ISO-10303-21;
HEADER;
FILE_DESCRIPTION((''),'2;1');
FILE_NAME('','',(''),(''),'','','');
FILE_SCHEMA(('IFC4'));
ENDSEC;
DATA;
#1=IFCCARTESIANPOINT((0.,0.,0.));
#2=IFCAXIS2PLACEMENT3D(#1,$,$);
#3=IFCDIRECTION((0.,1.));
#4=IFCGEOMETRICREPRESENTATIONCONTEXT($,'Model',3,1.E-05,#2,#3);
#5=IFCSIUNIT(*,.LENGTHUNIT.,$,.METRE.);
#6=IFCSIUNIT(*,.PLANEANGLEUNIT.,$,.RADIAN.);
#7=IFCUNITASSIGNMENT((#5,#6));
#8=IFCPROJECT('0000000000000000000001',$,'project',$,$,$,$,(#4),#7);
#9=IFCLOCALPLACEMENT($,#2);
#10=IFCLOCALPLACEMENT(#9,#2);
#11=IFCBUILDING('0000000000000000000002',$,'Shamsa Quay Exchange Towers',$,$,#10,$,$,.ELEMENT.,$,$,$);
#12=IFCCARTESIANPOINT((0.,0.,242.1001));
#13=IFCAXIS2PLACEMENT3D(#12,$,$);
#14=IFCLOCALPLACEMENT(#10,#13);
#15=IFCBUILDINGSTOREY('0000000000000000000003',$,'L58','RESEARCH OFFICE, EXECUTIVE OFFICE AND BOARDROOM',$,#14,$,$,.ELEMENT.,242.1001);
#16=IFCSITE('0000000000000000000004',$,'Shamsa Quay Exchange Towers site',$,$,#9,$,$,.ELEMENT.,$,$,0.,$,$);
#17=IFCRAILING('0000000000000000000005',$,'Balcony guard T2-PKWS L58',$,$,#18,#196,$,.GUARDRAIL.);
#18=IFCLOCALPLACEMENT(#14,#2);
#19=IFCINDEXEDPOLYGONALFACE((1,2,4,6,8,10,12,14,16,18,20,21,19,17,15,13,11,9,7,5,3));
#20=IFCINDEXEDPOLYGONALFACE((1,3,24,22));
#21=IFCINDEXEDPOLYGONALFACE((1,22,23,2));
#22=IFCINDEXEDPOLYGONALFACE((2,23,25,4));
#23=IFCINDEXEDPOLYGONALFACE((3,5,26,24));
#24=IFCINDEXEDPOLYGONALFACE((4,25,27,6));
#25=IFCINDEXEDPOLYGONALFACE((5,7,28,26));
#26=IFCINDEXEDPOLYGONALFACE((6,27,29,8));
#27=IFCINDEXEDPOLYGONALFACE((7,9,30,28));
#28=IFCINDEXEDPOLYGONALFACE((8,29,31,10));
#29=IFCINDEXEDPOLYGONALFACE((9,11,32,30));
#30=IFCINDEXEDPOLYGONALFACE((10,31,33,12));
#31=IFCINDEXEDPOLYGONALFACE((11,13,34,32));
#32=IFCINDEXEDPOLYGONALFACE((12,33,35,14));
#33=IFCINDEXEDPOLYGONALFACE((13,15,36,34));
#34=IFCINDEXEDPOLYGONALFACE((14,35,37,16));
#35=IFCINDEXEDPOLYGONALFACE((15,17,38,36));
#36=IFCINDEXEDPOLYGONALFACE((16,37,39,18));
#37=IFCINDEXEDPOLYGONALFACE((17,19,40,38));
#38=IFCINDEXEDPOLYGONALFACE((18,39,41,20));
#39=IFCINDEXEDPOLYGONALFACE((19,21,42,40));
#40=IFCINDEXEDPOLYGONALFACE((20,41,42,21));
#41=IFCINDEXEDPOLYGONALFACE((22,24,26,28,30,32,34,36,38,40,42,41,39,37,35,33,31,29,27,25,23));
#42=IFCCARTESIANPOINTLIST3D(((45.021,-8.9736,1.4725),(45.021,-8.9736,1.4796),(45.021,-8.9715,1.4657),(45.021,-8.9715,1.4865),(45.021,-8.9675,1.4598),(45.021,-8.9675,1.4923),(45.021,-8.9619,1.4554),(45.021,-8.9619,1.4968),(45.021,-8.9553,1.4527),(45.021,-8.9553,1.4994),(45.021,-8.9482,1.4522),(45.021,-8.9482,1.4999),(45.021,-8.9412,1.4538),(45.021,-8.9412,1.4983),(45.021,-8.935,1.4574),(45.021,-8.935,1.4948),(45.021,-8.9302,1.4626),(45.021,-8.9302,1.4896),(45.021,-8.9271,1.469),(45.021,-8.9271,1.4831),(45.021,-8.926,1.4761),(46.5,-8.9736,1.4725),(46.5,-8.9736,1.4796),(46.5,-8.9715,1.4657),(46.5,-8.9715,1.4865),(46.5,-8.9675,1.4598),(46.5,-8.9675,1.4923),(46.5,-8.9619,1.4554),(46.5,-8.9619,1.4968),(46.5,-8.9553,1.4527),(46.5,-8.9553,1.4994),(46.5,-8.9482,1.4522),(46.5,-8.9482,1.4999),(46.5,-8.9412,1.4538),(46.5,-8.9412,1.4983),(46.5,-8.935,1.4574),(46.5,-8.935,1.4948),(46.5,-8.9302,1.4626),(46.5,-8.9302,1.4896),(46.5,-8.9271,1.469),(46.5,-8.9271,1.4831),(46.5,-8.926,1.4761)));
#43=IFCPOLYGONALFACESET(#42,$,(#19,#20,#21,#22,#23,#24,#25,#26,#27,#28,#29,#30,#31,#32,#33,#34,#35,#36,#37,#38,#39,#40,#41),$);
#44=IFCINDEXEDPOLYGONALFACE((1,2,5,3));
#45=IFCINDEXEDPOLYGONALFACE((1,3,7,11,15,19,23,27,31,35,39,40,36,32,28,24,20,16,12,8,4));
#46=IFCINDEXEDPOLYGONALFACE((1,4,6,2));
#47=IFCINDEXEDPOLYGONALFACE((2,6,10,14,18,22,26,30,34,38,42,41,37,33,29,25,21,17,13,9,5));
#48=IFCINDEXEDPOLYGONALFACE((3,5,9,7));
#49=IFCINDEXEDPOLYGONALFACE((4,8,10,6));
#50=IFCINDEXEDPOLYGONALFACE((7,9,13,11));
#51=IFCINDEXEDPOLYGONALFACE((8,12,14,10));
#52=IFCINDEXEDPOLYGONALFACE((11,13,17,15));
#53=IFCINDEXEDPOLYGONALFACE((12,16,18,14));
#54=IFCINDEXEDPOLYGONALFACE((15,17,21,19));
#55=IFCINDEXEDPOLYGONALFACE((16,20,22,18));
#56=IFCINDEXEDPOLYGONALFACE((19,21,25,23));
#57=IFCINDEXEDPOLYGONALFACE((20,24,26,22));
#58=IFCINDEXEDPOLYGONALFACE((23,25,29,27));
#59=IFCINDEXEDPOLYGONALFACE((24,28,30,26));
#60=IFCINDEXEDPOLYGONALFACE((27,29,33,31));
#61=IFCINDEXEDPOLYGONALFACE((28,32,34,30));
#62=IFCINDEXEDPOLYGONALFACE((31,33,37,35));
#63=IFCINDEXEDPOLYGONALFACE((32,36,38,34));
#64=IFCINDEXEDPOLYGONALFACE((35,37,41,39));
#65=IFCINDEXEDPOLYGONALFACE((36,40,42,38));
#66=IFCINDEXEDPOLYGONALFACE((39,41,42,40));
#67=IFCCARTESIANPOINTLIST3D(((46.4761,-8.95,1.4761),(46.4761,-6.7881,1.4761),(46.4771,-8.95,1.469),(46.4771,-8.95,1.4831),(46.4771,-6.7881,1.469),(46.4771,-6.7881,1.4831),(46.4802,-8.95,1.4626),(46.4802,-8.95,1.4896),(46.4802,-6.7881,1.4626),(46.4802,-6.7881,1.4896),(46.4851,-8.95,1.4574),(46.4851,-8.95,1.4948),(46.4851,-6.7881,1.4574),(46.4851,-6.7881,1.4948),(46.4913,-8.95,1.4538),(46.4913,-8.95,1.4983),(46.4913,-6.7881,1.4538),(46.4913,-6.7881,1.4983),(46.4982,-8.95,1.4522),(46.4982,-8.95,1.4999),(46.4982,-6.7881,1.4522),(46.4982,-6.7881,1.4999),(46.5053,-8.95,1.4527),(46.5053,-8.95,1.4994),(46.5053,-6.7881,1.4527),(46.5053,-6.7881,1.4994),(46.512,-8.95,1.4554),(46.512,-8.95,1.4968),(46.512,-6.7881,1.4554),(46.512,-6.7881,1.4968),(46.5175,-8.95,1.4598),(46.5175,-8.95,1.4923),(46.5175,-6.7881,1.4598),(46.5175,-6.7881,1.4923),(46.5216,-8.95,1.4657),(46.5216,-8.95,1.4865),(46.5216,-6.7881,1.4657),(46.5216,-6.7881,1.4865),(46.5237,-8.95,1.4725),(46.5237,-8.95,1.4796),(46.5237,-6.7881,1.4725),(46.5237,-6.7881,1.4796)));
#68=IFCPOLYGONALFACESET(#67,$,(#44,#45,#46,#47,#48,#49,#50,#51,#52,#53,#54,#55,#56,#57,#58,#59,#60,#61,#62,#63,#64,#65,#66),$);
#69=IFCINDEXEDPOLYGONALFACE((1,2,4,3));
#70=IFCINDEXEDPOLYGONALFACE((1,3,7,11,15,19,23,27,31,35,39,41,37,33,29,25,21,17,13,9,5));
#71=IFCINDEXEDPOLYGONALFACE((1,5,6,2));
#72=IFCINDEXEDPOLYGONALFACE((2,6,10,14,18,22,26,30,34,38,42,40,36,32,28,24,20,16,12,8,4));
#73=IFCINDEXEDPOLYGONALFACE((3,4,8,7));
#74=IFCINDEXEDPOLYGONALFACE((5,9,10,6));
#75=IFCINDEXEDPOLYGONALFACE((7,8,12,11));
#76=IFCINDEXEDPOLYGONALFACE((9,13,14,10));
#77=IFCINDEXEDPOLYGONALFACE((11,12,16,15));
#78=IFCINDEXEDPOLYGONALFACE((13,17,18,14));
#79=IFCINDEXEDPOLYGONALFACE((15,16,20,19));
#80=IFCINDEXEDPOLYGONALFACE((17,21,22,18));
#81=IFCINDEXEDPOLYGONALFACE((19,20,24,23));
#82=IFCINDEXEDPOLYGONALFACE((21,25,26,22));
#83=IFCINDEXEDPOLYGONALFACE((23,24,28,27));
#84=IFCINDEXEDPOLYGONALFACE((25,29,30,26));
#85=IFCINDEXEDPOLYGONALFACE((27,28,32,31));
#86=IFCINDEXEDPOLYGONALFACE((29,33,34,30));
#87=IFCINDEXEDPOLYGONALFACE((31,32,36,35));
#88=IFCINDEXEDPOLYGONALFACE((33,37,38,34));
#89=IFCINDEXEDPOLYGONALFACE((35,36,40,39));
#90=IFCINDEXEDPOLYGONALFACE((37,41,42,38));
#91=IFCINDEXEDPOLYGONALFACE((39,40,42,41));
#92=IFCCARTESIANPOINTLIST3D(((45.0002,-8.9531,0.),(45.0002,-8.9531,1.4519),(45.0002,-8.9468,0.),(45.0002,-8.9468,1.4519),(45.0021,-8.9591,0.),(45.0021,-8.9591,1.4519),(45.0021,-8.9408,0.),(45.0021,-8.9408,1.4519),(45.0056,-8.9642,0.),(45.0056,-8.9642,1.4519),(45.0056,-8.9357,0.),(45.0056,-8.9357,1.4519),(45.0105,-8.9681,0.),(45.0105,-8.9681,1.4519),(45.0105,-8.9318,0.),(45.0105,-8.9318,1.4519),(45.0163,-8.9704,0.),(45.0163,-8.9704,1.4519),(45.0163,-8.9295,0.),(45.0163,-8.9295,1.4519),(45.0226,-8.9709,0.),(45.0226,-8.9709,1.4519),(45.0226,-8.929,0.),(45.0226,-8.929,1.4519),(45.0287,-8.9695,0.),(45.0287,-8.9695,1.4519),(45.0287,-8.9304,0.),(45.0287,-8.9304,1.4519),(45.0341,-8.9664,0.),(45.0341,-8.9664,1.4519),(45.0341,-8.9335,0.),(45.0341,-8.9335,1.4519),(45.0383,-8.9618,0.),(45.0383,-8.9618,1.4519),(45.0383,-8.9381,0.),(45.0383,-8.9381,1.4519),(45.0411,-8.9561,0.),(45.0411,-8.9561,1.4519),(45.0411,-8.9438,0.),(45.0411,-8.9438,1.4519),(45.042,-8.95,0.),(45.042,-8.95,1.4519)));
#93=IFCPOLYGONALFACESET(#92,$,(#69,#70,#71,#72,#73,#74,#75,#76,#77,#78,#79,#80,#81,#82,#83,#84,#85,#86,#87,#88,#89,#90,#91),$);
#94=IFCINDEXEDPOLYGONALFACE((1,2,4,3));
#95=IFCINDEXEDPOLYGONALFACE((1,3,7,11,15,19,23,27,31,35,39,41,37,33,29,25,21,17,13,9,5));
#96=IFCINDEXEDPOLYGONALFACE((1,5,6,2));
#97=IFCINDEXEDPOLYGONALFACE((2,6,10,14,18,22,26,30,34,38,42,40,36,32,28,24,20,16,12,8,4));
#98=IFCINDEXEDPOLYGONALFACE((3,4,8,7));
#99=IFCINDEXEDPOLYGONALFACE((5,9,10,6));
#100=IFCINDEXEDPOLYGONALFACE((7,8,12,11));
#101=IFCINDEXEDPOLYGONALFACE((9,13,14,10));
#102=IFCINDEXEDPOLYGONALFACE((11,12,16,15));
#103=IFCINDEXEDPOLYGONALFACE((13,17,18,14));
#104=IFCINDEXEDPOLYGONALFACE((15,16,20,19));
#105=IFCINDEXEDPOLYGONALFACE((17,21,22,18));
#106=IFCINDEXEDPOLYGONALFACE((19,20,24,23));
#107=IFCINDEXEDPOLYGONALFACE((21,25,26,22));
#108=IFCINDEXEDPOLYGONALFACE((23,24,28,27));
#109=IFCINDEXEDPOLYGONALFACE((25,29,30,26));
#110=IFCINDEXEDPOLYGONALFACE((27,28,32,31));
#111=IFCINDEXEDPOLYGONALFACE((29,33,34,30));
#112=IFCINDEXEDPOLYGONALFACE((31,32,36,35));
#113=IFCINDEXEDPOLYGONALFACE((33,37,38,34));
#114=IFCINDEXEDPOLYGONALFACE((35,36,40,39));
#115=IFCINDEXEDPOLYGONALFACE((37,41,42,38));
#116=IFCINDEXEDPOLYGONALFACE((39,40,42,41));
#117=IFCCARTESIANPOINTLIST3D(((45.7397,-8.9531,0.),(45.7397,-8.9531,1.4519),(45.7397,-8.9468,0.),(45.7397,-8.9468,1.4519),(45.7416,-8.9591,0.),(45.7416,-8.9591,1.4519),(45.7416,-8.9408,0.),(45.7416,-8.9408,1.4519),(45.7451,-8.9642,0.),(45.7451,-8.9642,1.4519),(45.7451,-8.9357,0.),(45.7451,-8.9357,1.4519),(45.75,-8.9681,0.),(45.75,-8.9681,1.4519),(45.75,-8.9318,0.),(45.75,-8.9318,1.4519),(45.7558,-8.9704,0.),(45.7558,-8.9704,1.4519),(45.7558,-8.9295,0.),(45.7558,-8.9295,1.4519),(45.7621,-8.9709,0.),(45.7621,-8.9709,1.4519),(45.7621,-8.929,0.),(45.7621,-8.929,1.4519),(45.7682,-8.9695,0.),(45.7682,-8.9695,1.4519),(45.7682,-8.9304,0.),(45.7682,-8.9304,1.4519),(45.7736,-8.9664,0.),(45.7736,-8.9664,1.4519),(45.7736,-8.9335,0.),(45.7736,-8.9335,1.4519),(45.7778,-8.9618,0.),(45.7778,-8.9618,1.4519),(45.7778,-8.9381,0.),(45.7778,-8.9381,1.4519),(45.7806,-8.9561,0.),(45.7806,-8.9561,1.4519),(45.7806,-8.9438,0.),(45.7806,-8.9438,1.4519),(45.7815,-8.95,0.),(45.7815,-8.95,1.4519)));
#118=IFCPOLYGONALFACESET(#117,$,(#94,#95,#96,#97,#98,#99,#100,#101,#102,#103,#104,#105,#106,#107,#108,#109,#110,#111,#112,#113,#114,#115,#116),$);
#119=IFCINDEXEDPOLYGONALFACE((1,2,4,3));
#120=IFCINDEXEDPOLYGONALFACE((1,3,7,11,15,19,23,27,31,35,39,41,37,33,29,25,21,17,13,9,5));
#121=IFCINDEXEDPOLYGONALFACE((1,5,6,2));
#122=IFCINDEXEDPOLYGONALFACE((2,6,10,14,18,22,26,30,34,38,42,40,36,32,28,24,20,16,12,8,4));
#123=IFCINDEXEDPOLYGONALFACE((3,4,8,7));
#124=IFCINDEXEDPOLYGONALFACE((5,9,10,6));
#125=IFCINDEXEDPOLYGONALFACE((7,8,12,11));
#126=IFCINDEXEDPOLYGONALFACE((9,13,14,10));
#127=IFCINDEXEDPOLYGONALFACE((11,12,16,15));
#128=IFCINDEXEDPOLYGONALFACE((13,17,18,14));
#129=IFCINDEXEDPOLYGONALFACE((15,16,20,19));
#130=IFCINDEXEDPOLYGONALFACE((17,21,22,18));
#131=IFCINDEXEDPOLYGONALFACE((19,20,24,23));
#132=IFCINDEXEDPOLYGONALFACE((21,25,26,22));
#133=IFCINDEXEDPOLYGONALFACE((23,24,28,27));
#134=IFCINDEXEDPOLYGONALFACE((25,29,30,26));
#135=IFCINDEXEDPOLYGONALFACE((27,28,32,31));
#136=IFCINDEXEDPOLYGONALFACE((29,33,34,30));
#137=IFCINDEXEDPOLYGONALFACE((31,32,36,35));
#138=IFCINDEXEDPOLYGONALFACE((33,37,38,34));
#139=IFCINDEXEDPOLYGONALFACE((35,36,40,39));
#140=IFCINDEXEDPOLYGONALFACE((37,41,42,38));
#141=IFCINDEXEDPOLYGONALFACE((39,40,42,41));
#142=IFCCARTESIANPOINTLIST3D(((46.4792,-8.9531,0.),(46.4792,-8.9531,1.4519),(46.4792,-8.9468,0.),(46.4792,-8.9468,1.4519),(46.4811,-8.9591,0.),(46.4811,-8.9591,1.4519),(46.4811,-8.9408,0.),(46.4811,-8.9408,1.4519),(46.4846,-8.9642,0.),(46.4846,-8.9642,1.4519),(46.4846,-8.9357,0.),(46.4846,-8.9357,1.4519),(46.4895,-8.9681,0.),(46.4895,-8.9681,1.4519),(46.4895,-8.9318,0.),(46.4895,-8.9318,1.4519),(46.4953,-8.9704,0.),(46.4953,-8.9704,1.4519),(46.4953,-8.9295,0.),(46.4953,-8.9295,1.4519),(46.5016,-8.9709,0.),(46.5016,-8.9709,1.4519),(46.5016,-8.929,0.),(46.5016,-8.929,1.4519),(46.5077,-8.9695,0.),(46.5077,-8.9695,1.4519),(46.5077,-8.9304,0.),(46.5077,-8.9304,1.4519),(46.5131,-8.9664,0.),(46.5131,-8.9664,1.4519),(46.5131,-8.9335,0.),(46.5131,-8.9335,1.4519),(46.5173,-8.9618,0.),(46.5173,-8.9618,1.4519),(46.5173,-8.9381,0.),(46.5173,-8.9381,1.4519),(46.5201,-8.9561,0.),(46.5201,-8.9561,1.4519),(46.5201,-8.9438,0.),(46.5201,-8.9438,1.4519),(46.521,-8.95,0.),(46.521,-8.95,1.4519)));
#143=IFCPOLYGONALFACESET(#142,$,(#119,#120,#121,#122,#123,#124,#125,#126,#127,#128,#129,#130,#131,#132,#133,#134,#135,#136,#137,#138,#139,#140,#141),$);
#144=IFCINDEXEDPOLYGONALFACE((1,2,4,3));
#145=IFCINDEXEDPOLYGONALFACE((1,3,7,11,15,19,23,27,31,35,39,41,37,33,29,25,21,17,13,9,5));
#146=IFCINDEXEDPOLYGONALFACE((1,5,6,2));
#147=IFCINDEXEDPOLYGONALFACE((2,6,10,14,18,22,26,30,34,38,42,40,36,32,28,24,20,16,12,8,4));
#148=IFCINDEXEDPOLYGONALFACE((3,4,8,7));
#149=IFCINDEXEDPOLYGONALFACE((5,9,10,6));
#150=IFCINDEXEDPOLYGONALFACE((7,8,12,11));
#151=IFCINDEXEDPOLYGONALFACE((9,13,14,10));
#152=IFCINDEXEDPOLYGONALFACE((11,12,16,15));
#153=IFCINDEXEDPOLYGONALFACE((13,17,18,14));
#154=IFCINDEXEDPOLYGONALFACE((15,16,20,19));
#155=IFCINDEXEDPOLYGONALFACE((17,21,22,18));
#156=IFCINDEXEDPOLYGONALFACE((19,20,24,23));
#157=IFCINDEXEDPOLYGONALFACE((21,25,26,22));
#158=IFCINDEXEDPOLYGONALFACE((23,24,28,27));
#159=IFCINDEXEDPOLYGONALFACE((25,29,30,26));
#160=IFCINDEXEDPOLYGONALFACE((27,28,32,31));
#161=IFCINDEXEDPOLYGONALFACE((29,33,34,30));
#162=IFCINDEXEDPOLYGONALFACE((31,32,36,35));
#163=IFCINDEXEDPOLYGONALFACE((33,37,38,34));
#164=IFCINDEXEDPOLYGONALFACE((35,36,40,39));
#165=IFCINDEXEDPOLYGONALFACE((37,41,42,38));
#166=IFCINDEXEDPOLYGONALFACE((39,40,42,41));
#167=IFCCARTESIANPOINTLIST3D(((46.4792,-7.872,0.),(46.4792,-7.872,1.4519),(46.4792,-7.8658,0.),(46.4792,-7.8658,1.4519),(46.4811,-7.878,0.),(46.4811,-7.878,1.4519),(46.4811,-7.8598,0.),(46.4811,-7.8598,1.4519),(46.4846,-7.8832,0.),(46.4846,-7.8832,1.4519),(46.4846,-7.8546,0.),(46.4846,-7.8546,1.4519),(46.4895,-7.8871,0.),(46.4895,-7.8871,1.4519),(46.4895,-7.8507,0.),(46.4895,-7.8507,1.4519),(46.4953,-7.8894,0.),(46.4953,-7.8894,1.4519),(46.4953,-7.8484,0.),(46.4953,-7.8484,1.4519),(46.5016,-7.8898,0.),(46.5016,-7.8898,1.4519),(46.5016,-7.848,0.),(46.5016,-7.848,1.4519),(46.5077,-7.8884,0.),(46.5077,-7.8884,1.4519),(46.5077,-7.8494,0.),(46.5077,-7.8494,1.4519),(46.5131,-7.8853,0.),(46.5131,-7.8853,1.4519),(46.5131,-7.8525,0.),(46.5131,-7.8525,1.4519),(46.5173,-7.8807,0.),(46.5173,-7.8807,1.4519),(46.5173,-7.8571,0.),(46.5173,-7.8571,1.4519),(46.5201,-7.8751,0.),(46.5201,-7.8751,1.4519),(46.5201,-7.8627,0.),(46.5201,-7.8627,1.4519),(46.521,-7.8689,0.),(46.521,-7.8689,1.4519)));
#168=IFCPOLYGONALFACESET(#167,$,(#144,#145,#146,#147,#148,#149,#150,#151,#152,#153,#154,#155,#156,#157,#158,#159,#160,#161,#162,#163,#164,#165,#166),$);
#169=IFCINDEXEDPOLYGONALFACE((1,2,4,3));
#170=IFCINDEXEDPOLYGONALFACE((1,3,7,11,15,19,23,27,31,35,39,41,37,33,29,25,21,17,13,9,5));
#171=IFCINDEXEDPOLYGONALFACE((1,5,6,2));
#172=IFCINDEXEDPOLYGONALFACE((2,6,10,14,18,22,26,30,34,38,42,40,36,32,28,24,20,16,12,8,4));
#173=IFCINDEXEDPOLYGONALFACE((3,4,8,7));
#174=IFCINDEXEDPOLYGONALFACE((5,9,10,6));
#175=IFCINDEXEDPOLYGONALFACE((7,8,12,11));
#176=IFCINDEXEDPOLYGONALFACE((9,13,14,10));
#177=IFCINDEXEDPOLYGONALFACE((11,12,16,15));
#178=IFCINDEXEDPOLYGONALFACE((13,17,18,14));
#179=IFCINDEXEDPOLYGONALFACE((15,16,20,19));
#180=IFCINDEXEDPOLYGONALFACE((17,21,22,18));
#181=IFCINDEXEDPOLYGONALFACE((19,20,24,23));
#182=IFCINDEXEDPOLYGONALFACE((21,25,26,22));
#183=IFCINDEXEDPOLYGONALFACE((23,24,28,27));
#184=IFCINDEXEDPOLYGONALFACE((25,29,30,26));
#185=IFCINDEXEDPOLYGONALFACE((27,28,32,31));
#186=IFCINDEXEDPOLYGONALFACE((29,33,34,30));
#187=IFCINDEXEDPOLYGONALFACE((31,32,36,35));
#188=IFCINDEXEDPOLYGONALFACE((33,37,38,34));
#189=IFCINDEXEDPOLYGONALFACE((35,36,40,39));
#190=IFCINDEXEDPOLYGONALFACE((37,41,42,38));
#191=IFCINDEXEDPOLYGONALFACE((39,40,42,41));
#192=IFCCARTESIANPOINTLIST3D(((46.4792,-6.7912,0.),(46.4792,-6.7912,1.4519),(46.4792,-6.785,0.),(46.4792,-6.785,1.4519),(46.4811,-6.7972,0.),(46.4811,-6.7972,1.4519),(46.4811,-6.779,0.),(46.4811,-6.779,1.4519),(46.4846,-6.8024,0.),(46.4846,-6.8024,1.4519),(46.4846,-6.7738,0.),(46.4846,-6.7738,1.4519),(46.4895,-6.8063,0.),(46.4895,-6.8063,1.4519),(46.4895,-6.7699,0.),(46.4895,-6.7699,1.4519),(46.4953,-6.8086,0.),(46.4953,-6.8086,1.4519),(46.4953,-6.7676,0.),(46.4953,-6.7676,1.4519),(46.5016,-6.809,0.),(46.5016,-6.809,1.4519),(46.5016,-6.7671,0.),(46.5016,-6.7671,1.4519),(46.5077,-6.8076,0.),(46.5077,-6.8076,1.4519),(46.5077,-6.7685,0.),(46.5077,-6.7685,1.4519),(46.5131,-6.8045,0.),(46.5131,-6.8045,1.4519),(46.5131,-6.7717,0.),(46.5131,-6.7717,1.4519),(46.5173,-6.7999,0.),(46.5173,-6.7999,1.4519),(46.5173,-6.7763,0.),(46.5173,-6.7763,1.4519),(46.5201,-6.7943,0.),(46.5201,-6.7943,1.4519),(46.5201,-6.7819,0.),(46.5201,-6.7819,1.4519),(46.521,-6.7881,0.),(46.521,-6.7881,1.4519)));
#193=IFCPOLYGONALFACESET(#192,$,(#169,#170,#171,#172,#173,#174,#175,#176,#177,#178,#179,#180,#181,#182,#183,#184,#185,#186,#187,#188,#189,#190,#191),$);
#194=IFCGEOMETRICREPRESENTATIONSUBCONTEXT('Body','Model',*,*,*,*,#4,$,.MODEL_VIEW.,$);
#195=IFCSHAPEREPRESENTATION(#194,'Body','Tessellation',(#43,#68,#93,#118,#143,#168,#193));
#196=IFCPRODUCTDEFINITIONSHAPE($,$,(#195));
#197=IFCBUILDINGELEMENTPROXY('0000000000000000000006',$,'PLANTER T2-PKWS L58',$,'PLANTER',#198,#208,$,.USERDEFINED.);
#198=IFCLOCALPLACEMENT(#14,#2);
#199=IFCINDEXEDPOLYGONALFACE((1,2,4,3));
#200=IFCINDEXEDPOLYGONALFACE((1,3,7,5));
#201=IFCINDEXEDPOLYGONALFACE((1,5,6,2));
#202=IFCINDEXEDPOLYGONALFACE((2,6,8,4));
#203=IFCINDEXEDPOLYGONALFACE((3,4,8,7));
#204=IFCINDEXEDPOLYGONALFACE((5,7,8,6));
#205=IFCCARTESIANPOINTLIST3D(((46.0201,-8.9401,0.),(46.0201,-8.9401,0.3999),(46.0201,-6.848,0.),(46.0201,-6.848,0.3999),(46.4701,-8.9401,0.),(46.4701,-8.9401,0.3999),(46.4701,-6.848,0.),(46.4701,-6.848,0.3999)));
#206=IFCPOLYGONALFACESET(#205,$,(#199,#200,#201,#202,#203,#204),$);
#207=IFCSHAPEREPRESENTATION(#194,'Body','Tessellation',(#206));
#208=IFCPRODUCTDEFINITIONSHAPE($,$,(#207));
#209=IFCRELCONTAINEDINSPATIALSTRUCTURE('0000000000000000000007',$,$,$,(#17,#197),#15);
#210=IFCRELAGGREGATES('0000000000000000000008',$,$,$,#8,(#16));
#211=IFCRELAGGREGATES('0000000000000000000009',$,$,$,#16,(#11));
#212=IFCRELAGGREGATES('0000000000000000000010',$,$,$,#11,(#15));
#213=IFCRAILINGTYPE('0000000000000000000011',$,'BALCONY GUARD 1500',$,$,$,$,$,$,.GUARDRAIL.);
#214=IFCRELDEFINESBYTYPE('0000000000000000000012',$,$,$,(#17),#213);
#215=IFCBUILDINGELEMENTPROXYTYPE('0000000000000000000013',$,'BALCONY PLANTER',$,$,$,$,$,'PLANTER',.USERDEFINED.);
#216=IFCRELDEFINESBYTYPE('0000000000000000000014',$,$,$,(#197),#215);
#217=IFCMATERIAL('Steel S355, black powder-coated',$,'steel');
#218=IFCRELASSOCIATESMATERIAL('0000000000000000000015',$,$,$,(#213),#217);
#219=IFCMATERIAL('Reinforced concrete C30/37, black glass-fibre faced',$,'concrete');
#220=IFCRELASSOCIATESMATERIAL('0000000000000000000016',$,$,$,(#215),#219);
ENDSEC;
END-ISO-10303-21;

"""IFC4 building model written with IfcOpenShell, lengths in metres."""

from ifc_helpers import new_model, si_unit, direction, frame, origin, origin_2d, place, context, subcontext, project, spatial, rectangle, circle, extrude, material, type_object, element, save


model = new_model("IFC4")

# Units and contexts
model_context = context("Model", 3, precision=1e-05, world=origin(), true_north=direction((0.0, 1.0)))
body_context = subcontext(model_context, "Body", "Model", "MODEL_VIEW")
ifc_project = project(units=[si_unit("LENGTHUNIT", "METRE"), si_unit("PLANEANGLEUNIT", "RADIAN")], contexts=[model_context])

# Site, building, storey
site_placement = place(None, origin())
site = spatial("IfcSite", under=ifc_project, at=site_placement, Name="Shamsa Quay Exchange Towers site", CompositionType="ELEMENT", RefElevation=0.0)
building_placement = place(site_placement, origin())
building = spatial("IfcBuilding", under=site, at=building_placement, Name="Shamsa Quay Exchange Towers", CompositionType="ELEMENT")
storey_placement = place(building_placement, frame((0.0, 0.0, 242.1001)))
storey = spatial("IfcBuildingStorey", under=building, at=storey_placement, Name="L58", Description="RESEARCH OFFICE, EXECUTIVE OFFICE AND BOARDROOM", CompositionType="ELEMENT", Elevation=242.1001)

# Railing
ifc_material_1 = material(Name="Steel S355, black powder-coated", Category="steel")
railing_type_1 = type_object("IfcRailingType", Name="BALCONY GUARD 1500", PredefinedType="GUARDRAIL", material=ifc_material_1)
railing_1_placement = place(storey_placement, frame((45.021, -8.95, 0.0)))
element("IfcRailing", 1, at=railing_1_placement, inside=storey, type_object=railing_type_1, Name="Balcony guard T2-PKWS L58", PredefinedType="GUARDRAIL", context=body_context, shape_type="SweptSolid", body=[
    extrude(circle(Radius=0.0239, at=origin_2d()), frame((0.0, 0.0, 1.4761), z_axis=(1.0, 0.0, 0.0), x_axis=(0.0, 1.0, 0.0)), (0.0, 0.0, 1.0), 1.479),
    extrude(circle(Radius=0.0239, at=origin_2d()), frame((1.479, 0.0, 1.4761), z_axis=(0.0, 1.0, 0.0), x_axis=(-1.0, 0.0, 0.0)), (0.0, 0.0, 1.0), 2.1619),
    extrude(circle(Radius=0.021, at=origin_2d()), origin(), (0.0, 0.0, 1.0), 1.4519),
    extrude(circle(Radius=0.021, at=origin_2d()), frame((0.7395, 0.0, 0.0)), (0.0, 0.0, 1.0), 1.4519),
    extrude(circle(Radius=0.021, at=origin_2d()), frame((1.479, 0.0, 0.0)), (0.0, 0.0, 1.0), 1.4519),
    extrude(circle(Radius=0.021, at=origin_2d()), frame((1.479, 1.0811, 0.0)), (0.0, 0.0, 1.0), 1.4519),
    extrude(circle(Radius=0.021, at=origin_2d()), frame((1.479, 2.1619, 0.0)), (0.0, 0.0, 1.0), 1.4519),
])

# Building element proxy
ifc_material_2 = material(Name="Reinforced concrete C30/37, black glass-fibre faced", Category="concrete")
building_element_proxy_type = type_object("IfcBuildingElementProxyType", Name="BALCONY PLANTER", ElementType="PLANTER", PredefinedType="USERDEFINED", material=ifc_material_2)
proxy_placement = place(storey_placement, frame((46.2451, -7.894, 0.0), z_axis=(0.0, 0.0, 1.0), x_axis=(0.0, 1.0, 0.0)))
element("IfcBuildingElementProxy", 2, at=proxy_placement, inside=storey, type_object=building_element_proxy_type, Name="PLANTER T2-PKWS L58", ObjectType="PLANTER", PredefinedType="USERDEFINED", context=body_context, shape_type="SweptSolid", body=[
    extrude(rectangle(XDim=2.092, YDim=0.45, at=origin_2d()), origin(), (0.0, 0.0, 1.0), 0.3999),
])

save(model, "model.ifc")
